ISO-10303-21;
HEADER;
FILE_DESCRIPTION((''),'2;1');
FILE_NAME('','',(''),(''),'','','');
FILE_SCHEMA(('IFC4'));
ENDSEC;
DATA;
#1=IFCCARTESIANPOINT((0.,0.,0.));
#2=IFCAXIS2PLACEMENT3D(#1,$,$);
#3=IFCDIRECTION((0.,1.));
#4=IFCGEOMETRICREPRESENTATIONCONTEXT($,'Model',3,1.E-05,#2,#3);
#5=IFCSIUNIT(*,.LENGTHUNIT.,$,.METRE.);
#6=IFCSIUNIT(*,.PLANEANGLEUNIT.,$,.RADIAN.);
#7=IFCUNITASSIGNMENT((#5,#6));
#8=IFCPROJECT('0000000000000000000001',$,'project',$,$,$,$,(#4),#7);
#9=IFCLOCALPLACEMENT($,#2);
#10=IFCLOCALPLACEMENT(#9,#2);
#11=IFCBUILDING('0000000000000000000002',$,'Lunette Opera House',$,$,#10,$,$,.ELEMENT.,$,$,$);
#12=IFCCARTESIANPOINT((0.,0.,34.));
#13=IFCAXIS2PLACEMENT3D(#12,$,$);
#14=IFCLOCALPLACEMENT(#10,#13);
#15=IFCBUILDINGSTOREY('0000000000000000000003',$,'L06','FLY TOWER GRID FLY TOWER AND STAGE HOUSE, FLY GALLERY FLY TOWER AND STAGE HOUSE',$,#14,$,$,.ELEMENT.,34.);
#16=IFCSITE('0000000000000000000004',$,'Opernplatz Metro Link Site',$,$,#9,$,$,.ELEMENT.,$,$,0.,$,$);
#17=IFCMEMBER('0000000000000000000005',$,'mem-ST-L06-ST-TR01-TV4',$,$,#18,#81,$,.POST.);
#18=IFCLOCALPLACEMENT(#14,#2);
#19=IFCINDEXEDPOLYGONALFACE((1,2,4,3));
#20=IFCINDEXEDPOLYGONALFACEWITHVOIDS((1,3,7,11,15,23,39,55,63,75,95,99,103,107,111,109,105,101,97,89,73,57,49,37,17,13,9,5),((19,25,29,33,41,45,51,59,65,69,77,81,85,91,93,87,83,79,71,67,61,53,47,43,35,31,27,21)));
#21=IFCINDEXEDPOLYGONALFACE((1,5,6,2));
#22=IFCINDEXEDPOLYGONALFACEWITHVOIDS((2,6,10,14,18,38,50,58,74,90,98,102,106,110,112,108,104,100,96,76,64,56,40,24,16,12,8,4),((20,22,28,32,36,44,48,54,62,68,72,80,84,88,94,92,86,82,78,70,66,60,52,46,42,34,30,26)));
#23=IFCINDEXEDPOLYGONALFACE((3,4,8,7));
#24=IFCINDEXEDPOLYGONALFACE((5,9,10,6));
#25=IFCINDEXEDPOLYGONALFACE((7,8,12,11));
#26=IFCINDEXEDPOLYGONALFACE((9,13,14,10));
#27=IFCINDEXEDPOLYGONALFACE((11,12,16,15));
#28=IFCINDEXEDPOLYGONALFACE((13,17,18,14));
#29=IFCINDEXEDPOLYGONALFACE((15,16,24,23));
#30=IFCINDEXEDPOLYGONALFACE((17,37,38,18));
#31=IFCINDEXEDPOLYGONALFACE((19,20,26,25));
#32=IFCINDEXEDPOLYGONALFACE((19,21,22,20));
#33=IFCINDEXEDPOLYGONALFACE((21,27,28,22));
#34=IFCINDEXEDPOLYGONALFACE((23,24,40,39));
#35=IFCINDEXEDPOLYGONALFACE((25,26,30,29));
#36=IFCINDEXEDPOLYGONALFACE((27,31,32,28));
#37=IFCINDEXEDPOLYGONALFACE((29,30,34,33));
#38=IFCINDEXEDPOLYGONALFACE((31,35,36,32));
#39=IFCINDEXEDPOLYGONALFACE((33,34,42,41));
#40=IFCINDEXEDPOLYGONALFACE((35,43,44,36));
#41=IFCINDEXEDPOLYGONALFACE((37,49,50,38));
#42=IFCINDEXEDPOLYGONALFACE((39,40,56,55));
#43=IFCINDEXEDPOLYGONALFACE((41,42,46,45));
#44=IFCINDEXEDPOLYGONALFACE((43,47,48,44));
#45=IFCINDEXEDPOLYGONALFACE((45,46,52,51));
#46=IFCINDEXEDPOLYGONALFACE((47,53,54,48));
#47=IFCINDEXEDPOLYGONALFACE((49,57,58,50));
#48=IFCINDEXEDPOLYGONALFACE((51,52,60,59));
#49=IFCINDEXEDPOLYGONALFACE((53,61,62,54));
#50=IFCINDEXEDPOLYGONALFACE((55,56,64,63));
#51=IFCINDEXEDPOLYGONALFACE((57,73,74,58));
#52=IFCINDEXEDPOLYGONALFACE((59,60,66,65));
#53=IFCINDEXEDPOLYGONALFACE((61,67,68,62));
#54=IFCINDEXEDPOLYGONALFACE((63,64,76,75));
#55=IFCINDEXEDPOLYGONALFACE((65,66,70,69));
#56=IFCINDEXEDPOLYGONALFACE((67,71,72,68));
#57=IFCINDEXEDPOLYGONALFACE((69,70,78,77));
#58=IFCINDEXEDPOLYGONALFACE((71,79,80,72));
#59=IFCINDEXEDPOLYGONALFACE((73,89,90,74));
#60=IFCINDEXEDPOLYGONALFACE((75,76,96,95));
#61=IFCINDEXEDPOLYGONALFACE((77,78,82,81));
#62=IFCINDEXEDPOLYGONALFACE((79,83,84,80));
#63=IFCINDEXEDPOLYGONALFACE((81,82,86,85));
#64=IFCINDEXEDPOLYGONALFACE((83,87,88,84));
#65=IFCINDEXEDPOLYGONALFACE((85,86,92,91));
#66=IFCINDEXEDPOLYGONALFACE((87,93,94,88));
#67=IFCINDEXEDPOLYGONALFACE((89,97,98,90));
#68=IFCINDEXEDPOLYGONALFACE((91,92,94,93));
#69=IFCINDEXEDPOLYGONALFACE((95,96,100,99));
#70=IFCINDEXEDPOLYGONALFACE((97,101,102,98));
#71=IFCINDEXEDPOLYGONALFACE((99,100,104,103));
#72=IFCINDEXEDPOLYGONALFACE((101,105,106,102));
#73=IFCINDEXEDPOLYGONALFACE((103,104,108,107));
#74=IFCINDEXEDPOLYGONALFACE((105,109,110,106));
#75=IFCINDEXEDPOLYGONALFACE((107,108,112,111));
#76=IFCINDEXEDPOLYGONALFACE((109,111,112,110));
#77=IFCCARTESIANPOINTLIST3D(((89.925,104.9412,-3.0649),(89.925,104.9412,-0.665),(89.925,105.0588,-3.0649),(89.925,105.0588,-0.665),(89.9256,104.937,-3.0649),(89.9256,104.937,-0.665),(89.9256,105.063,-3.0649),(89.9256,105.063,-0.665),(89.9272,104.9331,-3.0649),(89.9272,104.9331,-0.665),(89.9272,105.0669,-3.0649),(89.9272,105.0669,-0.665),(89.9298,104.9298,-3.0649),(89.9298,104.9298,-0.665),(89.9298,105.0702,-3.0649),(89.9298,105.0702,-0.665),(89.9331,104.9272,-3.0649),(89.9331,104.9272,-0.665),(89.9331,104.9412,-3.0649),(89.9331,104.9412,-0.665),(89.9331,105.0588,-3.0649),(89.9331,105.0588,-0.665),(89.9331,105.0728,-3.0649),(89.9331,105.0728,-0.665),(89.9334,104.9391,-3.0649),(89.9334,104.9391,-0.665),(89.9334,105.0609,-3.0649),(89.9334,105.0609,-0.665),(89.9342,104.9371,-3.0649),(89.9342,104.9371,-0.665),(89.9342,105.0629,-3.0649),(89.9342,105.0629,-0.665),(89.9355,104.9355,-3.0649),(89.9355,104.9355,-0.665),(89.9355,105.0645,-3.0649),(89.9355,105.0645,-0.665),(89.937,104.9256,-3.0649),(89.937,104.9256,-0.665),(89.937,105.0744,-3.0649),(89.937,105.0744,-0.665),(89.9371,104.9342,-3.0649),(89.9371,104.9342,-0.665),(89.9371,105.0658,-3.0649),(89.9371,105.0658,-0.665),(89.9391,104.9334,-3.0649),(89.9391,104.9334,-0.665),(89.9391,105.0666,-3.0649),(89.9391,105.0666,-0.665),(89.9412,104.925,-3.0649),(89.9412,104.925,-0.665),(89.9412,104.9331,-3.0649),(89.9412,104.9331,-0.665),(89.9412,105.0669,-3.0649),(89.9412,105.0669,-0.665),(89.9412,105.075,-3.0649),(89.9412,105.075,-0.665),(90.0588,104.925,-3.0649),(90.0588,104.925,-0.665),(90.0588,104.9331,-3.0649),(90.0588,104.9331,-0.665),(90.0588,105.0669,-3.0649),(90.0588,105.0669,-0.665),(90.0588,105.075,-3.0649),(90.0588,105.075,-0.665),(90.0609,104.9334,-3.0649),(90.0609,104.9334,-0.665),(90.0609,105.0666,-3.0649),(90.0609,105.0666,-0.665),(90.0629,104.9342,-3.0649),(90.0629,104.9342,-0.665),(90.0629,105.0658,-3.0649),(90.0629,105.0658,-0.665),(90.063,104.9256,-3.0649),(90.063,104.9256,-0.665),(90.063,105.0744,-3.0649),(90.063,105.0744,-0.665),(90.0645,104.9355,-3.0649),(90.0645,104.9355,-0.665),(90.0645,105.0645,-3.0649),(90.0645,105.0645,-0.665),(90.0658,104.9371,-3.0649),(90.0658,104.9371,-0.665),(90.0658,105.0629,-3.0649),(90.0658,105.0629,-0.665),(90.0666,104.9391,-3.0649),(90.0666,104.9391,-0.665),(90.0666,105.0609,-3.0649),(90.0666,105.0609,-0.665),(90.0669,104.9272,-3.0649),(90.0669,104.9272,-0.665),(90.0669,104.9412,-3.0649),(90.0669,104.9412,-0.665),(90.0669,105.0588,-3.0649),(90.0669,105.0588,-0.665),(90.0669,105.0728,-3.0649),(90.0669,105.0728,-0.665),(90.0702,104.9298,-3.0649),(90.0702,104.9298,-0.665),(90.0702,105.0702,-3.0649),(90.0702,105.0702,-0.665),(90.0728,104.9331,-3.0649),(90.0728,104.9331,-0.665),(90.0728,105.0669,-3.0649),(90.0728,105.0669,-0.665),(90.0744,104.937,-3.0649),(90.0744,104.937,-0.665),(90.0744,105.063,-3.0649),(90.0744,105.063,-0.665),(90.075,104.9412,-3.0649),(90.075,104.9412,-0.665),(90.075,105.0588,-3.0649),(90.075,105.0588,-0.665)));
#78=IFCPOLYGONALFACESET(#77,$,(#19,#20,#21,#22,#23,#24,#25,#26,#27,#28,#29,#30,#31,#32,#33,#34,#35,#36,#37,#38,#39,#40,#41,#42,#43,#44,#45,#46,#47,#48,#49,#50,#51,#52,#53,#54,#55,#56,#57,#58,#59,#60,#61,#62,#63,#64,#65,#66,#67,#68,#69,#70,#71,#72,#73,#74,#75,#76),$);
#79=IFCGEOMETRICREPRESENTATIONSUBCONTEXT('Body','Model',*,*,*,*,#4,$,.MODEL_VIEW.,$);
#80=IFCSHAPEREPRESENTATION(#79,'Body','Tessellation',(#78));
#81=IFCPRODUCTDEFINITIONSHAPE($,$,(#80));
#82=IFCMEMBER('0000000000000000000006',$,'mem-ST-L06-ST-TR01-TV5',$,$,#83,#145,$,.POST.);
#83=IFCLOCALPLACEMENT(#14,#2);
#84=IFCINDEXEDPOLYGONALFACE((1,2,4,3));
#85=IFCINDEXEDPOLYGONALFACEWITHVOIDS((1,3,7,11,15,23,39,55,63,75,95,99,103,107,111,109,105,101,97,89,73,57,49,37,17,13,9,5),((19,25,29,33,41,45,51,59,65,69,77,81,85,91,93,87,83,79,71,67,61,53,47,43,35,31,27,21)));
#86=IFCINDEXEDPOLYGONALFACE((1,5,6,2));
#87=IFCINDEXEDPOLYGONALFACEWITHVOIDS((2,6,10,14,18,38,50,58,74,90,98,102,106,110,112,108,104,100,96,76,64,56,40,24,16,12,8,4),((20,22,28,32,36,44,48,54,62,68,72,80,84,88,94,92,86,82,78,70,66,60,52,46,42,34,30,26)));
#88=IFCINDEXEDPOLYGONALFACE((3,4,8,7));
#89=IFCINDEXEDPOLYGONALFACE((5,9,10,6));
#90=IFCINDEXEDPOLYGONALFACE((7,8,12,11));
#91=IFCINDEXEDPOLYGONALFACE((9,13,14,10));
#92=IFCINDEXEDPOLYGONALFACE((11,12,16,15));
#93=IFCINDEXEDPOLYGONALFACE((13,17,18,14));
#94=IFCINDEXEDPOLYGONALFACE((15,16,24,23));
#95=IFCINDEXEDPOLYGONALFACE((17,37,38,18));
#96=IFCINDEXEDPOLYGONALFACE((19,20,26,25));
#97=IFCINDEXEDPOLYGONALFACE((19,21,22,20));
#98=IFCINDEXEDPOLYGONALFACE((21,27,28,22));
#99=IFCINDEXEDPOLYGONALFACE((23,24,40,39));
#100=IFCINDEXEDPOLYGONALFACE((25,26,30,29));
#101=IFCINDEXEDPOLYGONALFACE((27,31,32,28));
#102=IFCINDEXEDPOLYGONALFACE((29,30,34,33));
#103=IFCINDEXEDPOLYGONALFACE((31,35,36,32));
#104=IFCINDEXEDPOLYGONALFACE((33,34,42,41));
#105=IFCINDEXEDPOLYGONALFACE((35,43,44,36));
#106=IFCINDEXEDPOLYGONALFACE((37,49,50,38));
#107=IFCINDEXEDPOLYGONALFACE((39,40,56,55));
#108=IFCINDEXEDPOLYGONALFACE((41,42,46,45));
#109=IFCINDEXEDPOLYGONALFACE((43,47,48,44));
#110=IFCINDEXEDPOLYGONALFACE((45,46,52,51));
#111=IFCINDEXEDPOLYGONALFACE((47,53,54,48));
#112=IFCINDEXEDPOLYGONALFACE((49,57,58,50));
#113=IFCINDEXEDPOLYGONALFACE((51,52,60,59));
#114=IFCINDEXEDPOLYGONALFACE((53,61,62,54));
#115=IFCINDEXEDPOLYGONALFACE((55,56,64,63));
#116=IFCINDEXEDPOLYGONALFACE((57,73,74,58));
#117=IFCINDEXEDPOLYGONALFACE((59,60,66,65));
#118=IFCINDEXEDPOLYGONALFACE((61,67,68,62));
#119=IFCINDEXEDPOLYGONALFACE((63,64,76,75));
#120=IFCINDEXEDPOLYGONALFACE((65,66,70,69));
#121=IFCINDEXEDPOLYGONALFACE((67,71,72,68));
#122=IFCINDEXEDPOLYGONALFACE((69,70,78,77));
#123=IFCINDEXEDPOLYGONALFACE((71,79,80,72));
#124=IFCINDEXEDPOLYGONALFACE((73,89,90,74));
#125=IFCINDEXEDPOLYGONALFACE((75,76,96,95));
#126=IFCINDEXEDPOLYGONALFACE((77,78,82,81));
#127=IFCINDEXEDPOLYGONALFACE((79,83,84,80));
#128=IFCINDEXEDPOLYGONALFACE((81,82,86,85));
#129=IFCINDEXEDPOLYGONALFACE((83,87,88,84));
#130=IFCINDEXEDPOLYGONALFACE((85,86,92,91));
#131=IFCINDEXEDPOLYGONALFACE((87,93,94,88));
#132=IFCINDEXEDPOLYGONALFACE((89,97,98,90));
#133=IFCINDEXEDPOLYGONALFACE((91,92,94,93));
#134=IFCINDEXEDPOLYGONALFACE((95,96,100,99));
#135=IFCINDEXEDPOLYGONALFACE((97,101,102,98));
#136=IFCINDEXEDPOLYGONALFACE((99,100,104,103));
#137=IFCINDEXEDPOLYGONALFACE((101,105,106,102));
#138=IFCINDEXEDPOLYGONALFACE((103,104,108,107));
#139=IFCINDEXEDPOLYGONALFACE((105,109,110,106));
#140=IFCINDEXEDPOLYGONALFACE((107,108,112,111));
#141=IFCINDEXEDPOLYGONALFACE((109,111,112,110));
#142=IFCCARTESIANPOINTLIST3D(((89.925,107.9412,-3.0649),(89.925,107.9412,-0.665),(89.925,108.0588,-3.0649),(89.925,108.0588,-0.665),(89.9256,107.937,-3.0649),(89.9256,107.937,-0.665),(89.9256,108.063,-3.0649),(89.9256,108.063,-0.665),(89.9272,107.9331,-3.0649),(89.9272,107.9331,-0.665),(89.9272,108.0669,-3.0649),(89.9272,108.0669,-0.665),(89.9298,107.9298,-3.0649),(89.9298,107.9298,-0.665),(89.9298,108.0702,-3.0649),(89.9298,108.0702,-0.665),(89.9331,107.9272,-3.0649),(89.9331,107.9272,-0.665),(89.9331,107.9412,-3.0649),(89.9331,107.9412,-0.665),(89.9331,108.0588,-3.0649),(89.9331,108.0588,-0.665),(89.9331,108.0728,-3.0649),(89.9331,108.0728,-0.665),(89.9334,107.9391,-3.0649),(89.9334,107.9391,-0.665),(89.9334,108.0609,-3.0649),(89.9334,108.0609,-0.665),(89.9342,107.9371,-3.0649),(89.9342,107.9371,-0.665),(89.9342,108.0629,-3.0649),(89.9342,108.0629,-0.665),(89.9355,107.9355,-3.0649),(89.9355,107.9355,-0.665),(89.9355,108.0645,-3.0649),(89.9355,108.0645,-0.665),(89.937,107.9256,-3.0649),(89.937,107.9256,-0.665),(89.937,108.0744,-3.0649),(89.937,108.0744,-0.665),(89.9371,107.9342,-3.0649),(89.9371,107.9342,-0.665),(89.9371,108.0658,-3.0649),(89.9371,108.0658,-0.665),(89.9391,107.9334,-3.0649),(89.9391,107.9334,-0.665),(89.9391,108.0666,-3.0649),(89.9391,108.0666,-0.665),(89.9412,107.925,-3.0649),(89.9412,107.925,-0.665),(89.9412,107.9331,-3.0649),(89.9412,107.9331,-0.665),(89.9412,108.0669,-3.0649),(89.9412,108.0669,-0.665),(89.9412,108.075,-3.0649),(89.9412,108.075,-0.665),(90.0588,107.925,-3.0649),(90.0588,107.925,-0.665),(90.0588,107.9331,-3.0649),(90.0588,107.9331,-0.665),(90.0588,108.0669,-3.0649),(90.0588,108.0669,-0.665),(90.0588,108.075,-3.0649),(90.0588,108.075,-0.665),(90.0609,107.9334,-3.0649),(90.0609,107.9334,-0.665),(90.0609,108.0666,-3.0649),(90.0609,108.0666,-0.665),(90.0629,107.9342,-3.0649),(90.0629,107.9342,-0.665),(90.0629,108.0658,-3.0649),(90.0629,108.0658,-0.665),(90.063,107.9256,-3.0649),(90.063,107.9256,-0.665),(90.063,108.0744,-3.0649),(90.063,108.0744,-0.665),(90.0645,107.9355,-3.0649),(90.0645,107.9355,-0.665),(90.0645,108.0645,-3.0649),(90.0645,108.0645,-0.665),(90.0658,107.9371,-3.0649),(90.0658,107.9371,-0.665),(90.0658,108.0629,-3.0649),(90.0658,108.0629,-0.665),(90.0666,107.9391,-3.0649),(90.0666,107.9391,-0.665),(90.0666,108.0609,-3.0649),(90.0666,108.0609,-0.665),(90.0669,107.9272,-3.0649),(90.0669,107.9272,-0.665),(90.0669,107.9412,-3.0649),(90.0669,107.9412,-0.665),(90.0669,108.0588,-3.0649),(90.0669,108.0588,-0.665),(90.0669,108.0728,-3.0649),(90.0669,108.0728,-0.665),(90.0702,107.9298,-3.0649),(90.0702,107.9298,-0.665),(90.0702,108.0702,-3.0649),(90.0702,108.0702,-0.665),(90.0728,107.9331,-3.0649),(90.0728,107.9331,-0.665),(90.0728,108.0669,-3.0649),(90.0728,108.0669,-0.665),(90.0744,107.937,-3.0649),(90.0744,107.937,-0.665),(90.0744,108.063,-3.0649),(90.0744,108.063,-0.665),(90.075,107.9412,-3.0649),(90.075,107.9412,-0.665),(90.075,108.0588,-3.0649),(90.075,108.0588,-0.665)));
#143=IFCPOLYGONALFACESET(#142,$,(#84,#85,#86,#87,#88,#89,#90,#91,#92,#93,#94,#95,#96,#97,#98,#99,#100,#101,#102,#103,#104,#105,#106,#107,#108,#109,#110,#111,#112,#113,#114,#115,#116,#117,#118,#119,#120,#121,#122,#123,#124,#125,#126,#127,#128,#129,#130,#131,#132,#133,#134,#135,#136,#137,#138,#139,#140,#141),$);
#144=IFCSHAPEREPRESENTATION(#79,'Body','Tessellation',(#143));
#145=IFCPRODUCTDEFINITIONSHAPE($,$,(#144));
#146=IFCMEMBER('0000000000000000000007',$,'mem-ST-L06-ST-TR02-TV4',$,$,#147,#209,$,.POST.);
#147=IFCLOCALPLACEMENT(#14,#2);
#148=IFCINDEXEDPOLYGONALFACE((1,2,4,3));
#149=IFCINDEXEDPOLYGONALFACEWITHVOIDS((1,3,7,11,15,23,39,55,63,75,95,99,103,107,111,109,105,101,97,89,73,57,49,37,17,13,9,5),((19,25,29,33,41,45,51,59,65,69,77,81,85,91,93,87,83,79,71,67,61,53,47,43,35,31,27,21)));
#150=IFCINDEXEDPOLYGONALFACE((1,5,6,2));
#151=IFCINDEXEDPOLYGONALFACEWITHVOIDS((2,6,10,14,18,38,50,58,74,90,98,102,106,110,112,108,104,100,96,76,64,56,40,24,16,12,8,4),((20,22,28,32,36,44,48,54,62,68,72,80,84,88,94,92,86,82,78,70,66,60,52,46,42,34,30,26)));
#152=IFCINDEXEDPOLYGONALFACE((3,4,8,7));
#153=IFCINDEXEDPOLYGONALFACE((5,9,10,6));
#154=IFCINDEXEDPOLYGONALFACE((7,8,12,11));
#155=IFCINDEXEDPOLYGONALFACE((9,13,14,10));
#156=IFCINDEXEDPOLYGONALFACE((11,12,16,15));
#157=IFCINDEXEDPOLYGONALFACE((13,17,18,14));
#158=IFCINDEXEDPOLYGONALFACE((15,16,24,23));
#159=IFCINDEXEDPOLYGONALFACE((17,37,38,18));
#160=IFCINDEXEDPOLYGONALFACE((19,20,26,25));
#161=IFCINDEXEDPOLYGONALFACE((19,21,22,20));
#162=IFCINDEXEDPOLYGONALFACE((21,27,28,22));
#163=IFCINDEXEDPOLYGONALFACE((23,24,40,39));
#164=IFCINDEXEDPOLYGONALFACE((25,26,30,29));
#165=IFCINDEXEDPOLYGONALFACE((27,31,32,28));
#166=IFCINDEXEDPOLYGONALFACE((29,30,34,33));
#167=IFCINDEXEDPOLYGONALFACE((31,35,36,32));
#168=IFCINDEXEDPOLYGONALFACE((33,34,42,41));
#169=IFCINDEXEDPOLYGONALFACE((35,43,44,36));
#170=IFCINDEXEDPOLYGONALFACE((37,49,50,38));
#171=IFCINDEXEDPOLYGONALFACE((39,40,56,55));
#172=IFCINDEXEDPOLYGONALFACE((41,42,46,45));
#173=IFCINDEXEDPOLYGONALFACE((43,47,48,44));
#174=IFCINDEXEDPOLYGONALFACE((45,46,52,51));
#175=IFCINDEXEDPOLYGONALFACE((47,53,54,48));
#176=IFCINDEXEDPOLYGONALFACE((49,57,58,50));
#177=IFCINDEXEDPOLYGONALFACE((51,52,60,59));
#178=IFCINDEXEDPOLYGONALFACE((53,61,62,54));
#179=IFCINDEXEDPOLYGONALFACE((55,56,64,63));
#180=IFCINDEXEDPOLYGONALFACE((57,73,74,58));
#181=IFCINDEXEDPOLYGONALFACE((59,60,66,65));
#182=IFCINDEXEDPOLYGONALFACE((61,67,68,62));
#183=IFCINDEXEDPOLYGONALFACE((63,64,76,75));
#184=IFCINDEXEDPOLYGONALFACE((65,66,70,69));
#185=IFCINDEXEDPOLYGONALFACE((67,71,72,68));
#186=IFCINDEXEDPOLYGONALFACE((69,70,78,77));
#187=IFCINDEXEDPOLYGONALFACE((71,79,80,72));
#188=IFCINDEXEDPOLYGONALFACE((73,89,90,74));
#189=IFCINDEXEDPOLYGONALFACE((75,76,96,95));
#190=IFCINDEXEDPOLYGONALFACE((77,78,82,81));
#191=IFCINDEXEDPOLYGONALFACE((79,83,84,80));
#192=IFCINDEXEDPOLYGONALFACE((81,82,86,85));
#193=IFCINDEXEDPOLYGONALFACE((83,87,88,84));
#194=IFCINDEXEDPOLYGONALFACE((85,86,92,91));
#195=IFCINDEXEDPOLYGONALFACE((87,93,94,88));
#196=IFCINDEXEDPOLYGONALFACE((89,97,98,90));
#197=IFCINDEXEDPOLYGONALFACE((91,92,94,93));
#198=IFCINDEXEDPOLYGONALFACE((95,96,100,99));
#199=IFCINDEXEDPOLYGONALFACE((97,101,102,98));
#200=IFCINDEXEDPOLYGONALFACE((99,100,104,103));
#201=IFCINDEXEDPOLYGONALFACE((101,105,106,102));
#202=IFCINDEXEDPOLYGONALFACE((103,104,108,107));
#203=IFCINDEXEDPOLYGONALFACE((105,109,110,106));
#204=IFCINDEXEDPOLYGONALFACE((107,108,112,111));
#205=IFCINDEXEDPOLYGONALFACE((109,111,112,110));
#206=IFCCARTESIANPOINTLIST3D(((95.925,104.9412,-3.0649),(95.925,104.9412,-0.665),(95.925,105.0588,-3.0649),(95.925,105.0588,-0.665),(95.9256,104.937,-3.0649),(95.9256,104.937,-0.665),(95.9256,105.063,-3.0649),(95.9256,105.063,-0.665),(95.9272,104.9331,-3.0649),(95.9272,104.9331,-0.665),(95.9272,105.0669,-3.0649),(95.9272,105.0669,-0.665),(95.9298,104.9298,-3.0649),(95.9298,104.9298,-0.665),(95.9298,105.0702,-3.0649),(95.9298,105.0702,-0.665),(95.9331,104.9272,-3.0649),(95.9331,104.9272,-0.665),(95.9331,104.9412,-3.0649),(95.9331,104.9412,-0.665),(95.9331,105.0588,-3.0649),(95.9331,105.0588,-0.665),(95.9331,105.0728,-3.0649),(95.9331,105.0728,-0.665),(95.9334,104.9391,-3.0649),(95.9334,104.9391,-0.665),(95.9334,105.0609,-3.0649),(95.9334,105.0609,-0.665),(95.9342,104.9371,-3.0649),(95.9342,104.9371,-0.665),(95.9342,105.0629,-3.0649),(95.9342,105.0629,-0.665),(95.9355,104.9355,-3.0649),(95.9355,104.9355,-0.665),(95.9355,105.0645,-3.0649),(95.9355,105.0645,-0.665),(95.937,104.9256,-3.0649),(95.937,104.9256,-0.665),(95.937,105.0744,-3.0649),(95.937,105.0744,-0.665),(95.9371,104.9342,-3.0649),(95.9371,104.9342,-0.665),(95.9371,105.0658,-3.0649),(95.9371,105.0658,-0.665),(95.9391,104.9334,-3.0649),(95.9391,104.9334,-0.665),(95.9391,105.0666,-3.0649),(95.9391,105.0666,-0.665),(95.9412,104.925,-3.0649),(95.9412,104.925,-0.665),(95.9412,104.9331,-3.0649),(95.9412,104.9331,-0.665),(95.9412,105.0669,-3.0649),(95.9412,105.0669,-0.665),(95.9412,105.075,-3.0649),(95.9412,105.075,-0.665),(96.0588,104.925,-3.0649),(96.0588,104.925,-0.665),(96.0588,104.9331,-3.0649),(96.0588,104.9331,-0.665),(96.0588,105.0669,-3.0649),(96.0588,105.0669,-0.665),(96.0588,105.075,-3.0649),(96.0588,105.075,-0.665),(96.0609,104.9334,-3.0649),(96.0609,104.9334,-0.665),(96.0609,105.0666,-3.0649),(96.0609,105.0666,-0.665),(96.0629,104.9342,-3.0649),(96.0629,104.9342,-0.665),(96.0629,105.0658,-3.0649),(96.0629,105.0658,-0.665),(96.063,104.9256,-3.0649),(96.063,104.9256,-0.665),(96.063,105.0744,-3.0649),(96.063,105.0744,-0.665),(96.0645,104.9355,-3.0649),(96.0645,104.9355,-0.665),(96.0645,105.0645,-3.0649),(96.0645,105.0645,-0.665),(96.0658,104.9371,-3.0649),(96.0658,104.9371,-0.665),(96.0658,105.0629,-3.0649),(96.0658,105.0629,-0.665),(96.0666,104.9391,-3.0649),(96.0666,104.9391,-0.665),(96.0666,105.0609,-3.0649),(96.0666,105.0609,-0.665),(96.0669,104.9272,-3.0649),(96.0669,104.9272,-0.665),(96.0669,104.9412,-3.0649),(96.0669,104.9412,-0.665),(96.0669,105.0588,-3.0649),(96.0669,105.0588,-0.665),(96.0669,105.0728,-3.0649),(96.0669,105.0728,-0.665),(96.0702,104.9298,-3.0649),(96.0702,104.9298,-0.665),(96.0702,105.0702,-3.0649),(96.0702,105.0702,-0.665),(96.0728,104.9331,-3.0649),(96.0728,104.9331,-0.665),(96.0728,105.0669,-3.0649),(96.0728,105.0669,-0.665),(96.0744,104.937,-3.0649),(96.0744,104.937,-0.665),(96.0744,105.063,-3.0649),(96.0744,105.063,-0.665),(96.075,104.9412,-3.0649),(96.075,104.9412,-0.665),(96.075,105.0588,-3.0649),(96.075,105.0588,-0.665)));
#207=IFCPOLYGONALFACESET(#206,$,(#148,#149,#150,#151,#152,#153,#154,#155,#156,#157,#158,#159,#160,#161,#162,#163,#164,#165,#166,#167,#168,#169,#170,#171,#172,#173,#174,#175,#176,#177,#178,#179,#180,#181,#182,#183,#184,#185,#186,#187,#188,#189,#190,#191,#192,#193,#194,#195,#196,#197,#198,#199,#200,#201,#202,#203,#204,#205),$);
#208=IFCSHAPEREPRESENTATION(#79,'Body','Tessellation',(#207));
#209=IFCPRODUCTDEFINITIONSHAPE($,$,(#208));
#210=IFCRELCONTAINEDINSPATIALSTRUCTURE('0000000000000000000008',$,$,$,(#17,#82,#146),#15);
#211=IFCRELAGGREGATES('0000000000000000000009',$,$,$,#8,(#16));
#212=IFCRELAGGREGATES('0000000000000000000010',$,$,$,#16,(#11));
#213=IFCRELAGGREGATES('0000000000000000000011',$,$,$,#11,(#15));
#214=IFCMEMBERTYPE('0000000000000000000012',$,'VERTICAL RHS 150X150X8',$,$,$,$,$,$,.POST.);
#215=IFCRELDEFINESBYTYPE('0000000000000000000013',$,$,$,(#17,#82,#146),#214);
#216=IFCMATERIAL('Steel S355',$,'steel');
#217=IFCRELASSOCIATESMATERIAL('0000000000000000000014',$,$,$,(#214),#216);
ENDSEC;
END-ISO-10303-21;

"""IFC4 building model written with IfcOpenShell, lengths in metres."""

from ifc_helpers import new_model, si_unit, direction, frame, origin, origin_2d, place, context, subcontext, project, spatial, hollow_rectangle, extrude, material, material_profile, profile_set, type_object, element, save


model = new_model("IFC4")

# Units and contexts
model_context = context("Model", 3, precision=1e-05, world=origin(), true_north=direction((0.0, 1.0)))
body_context = subcontext(model_context, "Body", "Model", "MODEL_VIEW")
ifc_project = project(units=[si_unit("LENGTHUNIT", "METRE"), si_unit("PLANEANGLEUNIT", "RADIAN")], contexts=[model_context])

# Site, building, storey
site_placement = place(None, origin())
site = spatial("IfcSite", under=ifc_project, at=site_placement, Name="Opernplatz Metro Link Site", CompositionType="ELEMENT", RefElevation=0.0)
building_placement = place(site_placement, origin())
building = spatial("IfcBuilding", under=site, at=building_placement, Name="Lunette Opera House", CompositionType="ELEMENT")
storey_placement = place(building_placement, frame((0.0, 0.0, 34.0)))
storey = spatial("IfcBuildingStorey", under=building, at=storey_placement, Name="L06", Description="FLY TOWER GRID FLY TOWER AND STAGE HOUSE, FLY GALLERY FLY TOWER AND STAGE HOUSE", CompositionType="ELEMENT", Elevation=34.0)

# Members
ifc_material_1 = material(Name="Steel S355", Category="steel")
ifc_material_profile_1 = material_profile(ifc_material_1, hollow_rectangle(XDim=0.1499, YDim=0.1499, WallThickness=0.0081, InnerFilletRadius=0.0081, OuterFilletRadius=0.0161, at=origin_2d()), Name="RHS 150X150X8")
ifc_profile_set_1 = profile_set([ifc_material_profile_1], Name="Steel S355")
member_type_1 = type_object("IfcMemberType", Name="VERTICAL RHS 150X150X8", PredefinedType="POST", material=ifc_profile_set_1)
for number, where, z_axis, x_axis, name in (
    (1, (90.0, 105.0, -3.0649), (0.0, 0.0, 1.0), (1.0, 0.0, 0.0), "mem-ST-L06-ST-TR01-TV4"),
    (2, (90.0, 108.0, -3.0649), (0.0, 0.0, 1.0), (1.0, 0.0, 0.0), "mem-ST-L06-ST-TR01-TV5"),
    (3, (96.0, 105.0, -3.0649), (0.0, 0.0, 1.0), (1.0, 0.0, 0.0), "mem-ST-L06-ST-TR02-TV4"),
):
    element("IfcMember", number, at=place(storey_placement, frame(where, z_axis=z_axis, x_axis=x_axis)), inside=storey, type_object=member_type_1, Name=name, PredefinedType="POST", context=body_context, shape_type="SweptSolid", body=[
        extrude(hollow_rectangle(XDim=0.1499, YDim=0.1499, WallThickness=0.0081, InnerFilletRadius=0.0081, OuterFilletRadius=0.0161, at=origin_2d()), origin(), (0.0, 0.0, 1.0), 2.3999),
    ])

save(model, "model.ifc")
